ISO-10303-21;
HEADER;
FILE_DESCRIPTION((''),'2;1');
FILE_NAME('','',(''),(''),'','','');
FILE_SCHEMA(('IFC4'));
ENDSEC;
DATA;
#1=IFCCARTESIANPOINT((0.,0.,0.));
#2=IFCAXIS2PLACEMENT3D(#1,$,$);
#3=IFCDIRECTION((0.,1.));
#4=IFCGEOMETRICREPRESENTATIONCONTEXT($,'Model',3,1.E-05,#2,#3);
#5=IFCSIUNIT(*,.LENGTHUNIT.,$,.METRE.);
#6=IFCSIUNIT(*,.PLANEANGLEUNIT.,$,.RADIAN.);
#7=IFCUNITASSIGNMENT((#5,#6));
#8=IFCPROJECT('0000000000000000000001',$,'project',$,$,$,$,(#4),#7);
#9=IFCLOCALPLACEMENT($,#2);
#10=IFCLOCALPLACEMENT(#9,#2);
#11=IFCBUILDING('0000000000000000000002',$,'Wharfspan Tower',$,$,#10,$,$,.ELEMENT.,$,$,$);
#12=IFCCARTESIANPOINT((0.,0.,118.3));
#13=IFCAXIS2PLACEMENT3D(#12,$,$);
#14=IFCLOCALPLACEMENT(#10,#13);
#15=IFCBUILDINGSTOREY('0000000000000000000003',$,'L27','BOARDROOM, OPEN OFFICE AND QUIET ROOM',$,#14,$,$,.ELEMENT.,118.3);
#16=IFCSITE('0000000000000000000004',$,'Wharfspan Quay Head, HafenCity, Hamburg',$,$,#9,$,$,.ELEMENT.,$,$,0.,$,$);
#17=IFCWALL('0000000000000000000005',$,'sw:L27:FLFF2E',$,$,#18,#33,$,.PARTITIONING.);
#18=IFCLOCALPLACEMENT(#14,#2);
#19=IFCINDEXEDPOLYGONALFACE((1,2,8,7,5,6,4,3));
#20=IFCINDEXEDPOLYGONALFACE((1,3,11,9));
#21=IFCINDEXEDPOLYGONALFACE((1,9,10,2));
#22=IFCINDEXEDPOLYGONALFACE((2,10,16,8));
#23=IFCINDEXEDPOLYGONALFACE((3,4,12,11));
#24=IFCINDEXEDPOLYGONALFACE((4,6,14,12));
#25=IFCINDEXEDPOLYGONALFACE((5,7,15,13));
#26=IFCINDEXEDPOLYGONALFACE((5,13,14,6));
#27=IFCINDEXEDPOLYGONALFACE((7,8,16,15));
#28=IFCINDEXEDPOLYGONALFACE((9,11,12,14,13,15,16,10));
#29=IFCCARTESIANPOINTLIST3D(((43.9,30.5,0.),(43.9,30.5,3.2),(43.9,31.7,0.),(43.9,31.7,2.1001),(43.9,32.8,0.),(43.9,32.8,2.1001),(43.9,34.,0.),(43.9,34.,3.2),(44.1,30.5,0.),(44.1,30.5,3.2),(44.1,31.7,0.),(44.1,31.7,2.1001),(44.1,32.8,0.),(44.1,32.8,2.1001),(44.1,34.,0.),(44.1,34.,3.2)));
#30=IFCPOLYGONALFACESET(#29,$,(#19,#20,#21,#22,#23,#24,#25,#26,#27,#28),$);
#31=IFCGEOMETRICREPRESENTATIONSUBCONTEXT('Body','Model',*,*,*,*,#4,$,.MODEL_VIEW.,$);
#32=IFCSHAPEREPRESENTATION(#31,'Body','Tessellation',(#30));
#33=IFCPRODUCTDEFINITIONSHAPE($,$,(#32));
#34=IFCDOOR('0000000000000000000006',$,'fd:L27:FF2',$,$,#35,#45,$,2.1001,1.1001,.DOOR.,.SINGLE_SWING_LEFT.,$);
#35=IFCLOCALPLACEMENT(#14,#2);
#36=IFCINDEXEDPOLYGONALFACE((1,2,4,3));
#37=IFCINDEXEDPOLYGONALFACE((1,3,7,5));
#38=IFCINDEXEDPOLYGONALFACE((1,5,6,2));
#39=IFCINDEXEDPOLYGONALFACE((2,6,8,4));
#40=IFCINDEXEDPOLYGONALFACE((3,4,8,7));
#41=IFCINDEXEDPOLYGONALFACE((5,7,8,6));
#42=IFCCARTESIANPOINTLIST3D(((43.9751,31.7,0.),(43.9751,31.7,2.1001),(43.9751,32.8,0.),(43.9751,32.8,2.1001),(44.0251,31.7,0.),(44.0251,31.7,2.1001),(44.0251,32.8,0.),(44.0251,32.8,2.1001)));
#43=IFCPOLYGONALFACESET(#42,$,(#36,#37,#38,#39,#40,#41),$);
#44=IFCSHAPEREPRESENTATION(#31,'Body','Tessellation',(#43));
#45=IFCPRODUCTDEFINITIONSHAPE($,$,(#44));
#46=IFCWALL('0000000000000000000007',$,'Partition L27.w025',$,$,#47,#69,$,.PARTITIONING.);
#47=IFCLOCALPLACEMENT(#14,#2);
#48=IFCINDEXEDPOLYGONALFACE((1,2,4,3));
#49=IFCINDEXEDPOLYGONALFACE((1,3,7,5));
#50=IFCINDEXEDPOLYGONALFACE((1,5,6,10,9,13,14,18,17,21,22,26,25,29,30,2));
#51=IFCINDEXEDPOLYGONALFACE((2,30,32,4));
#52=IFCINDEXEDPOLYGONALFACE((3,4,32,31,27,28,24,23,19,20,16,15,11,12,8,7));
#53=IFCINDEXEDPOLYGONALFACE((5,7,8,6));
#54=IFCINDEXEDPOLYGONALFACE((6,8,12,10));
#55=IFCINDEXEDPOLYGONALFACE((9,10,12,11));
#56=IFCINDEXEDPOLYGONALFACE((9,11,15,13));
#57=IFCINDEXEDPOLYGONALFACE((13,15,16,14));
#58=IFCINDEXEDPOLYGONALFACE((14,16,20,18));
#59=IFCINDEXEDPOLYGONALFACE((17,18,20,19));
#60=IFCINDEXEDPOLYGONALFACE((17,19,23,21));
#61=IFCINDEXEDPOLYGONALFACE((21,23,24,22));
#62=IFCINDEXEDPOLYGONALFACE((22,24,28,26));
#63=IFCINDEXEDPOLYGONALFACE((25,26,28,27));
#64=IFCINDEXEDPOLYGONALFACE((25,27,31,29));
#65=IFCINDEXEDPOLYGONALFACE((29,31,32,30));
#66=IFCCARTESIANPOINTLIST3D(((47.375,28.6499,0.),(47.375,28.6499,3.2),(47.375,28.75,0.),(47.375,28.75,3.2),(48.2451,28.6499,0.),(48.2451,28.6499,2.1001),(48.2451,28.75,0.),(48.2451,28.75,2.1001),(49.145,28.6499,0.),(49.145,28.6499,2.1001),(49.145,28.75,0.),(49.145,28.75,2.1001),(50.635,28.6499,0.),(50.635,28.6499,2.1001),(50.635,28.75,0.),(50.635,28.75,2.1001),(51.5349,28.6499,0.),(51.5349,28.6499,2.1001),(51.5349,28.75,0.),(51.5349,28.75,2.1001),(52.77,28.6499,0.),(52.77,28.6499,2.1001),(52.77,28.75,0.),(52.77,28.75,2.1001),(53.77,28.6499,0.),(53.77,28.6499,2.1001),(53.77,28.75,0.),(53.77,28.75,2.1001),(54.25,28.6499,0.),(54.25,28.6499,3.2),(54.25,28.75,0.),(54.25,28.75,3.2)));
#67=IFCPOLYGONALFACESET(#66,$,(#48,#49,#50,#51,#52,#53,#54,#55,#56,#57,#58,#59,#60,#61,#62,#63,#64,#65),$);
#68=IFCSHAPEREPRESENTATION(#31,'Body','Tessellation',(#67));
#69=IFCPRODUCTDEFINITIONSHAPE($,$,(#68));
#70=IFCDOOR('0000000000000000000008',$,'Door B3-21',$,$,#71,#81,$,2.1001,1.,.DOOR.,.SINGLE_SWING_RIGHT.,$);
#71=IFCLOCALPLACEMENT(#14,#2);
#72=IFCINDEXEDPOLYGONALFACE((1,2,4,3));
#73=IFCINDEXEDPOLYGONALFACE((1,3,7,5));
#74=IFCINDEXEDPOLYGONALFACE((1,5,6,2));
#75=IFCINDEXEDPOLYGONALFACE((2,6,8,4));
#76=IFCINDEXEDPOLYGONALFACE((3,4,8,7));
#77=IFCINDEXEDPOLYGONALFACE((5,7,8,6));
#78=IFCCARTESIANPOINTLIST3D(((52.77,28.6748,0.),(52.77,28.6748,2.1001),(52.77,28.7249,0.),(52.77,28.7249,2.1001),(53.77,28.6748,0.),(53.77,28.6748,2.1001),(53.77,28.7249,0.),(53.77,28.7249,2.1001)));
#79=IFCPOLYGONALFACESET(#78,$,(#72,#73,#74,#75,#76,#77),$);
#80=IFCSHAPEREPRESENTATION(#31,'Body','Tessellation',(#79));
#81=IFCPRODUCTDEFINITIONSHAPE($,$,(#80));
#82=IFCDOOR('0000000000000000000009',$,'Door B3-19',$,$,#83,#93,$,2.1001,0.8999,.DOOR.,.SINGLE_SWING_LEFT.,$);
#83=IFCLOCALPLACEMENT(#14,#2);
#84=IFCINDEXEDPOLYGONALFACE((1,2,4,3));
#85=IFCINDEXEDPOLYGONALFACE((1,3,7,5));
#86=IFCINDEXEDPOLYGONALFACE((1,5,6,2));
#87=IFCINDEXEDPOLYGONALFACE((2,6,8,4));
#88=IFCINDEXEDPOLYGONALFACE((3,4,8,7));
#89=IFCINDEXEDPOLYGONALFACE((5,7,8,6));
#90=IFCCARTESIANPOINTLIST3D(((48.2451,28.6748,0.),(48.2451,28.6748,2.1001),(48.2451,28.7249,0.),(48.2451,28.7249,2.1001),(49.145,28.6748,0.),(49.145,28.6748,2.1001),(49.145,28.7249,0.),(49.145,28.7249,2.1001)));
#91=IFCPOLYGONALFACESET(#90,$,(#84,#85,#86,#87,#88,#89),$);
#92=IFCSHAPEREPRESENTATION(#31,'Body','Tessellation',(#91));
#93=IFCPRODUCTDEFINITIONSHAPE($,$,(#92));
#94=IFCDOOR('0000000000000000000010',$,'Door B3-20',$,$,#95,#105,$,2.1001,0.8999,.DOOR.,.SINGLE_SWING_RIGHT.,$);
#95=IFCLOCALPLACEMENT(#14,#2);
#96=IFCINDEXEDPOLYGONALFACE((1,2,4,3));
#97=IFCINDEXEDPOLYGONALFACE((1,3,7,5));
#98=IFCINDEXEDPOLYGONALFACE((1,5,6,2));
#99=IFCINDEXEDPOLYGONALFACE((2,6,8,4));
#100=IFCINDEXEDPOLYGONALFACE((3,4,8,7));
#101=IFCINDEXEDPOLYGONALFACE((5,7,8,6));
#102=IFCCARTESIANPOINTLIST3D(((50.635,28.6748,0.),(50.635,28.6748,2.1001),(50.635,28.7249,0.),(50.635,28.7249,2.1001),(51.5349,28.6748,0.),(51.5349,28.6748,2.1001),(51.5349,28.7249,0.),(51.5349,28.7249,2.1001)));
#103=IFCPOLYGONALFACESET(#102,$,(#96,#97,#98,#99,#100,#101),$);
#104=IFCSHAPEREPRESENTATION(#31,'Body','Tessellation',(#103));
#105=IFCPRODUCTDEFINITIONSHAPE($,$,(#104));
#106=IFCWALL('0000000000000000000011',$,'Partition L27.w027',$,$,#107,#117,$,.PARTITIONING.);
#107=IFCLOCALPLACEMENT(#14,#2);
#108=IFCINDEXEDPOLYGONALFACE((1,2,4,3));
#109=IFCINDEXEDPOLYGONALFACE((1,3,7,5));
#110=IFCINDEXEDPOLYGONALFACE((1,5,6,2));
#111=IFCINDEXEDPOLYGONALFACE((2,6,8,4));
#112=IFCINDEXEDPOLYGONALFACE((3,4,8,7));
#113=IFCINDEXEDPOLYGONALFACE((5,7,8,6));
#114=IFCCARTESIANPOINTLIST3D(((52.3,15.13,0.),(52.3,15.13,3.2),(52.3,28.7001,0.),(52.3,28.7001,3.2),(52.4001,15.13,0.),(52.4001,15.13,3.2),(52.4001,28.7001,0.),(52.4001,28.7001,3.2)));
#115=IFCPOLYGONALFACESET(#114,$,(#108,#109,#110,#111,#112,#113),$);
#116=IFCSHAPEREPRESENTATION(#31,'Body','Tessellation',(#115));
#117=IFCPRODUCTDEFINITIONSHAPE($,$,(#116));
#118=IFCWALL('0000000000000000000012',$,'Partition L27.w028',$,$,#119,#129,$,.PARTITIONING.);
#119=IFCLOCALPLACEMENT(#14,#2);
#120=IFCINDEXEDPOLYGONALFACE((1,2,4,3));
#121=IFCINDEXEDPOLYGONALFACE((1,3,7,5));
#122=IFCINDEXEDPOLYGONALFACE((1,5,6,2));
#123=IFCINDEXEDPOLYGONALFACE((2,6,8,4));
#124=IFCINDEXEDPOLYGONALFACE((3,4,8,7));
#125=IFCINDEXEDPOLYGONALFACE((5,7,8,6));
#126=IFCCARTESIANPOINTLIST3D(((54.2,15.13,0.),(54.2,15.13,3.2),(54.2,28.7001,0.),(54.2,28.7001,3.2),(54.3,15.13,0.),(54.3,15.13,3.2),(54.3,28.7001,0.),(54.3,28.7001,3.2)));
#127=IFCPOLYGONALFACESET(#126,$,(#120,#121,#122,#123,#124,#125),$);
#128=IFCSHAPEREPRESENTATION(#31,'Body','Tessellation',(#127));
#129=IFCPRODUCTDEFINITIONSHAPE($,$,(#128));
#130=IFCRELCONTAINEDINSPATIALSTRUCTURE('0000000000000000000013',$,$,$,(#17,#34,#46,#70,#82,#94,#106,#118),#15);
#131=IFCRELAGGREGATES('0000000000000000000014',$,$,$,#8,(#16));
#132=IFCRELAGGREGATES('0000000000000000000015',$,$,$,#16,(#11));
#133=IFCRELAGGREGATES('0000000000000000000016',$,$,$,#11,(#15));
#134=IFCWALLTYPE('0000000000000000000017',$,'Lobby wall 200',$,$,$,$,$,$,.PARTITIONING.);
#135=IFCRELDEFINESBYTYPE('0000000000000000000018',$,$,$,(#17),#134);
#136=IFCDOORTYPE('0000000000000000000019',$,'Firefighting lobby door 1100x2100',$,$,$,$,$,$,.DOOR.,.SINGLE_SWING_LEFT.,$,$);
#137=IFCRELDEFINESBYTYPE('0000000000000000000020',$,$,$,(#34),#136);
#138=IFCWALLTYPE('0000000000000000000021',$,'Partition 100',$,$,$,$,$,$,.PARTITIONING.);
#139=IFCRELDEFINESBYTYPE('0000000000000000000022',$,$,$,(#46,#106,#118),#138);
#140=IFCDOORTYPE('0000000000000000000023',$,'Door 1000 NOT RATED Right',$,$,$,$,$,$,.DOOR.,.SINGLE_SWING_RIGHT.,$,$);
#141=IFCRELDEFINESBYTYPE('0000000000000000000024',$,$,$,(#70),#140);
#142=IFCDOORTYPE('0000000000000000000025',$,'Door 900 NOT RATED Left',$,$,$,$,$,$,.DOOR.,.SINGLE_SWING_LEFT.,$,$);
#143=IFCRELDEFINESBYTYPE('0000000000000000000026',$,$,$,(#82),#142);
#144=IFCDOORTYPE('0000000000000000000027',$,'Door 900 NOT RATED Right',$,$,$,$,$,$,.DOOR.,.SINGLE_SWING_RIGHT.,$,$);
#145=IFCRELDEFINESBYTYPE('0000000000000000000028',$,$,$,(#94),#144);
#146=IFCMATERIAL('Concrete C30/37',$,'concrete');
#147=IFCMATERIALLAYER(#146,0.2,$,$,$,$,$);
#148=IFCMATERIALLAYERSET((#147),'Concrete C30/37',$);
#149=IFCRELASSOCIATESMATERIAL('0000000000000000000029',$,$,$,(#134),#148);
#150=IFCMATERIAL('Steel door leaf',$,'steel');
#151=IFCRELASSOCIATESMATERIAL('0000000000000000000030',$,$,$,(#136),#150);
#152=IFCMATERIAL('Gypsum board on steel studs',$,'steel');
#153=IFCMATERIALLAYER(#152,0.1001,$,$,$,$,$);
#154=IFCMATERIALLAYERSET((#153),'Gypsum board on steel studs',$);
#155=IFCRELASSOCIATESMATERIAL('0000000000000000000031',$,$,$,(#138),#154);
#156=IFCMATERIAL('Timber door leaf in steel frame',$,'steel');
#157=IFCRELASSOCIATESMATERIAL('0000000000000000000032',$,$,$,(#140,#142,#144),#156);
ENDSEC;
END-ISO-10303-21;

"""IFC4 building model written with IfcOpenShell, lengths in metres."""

from ifc_helpers import new_model, si_unit, direction, frame, frame_2d, origin, place, context, subcontext, project, spatial, rectangle, extrude, material, layer, layer_set, type_object, element, fill, save


model = new_model("IFC4")

# Units and contexts
model_context = context("Model", 3, precision=1e-05, world=origin(), true_north=direction((0.0, 1.0)))
body_context = subcontext(model_context, "Body", "Model", "MODEL_VIEW")
ifc_project = project(units=[si_unit("LENGTHUNIT", "METRE"), si_unit("PLANEANGLEUNIT", "RADIAN")], contexts=[model_context])

# Site, building, storey
site_placement = place(None, origin())
site = spatial("IfcSite", under=ifc_project, at=site_placement, Name="Wharfspan Quay Head, HafenCity, Hamburg", CompositionType="ELEMENT", RefElevation=0.0)
building_placement = place(site_placement, origin())
building = spatial("IfcBuilding", under=site, at=building_placement, Name="Wharfspan Tower", CompositionType="ELEMENT")
storey_placement = place(building_placement, frame((0.0, 0.0, 118.3)))
storey = spatial("IfcBuildingStorey", under=building, at=storey_placement, Name="L27", Description="BOARDROOM, OPEN OFFICE AND QUIET ROOM", CompositionType="ELEMENT", Elevation=118.3)

# Shared definitions
ifc_material_1 = material(Name="Gypsum board on steel studs", Category="steel")

# Shared definitions
ifc_material_2 = material(Name="Steel door leaf", Category="steel")

# Wall, opening, door
ifc_material_3 = material(Name="Concrete C30/37", Category="concrete")
ifc_layer_1 = layer(ifc_material_3, 0.2)
ifc_layer_set_1 = layer_set([ifc_layer_1], Name="Concrete C30/37")
wall_type_1 = type_object("IfcWallType", Name="Lobby wall 200", PredefinedType="PARTITIONING", material=ifc_layer_set_1)
wall_1_placement = place(storey_placement, frame((44.0, 30.5, 0.0), z_axis=(0.0, 0.0, 1.0), x_axis=(0.0, 1.0, 0.0)))
wall_1 = element("IfcWall", 1, at=wall_1_placement, inside=storey, type_object=wall_type_1, Name="sw:L27:FLFF2E", PredefinedType="PARTITIONING", context=body_context, shape_type="SweptSolid", body=[
    extrude(rectangle(XDim=3.5, YDim=0.2, at=frame_2d((1.75, 0.0))), origin(), (0.0, 0.0, 1.0), 3.2),
])
opening_1_placement = place(wall_1_placement, frame((1.2, 0.0, 0.0)))
opening_1 = element("IfcOpeningElement", 2, at=opening_1_placement, cuts=wall_1, PredefinedType="OPENING", context=body_context, shape_type="SweptSolid", body=[
    extrude(rectangle(XDim=1.1001, YDim=2.1001, at=frame_2d((0.55, 1.05))), frame((0.0, 0.1099, 0.0), z_axis=(0.0, -1.0, 0.0), x_axis=(1.0, 0.0, 0.0)), (0.0, 0.0, 1.0), 0.22),
])
door_type_1 = type_object("IfcDoorType", Name="Firefighting lobby door 1100x2100", OperationType="SINGLE_SWING_LEFT", PredefinedType="DOOR", material=ifc_material_2)
door_1_placement = place(opening_1_placement, origin())
door_1 = element("IfcDoor", 3, at=door_1_placement, inside=storey, type_object=door_type_1, Name="fd:L27:FF2", OperationType="SINGLE_SWING_LEFT", OverallHeight=2.1001, OverallWidth=1.1001, PredefinedType="DOOR", context=body_context, shape_type="SweptSolid", body=[
    extrude(rectangle(XDim=1.1001, YDim=2.1001, at=frame_2d((0.55, 1.05))), frame((0.0, 0.0249, 0.0), z_axis=(0.0, -1.0, 0.0), x_axis=(1.0, 0.0, 0.0)), (0.0, 0.0, 1.0), 0.05),
])
fill(opening_1, door_1)

# Wall, openings, doors
ifc_layer_2 = layer(ifc_material_1, 0.1001)
ifc_layer_set_2 = layer_set([ifc_layer_2], Name="Gypsum board on steel studs")
wall_type_2 = type_object("IfcWallType", Name="Partition 100", PredefinedType="PARTITIONING", material=ifc_layer_set_2)
wall_2_placement = place(storey_placement, frame((47.375, 28.7, 0.0), z_axis=(0.0, 0.0, 1.0), x_axis=(1.0, 0.0, 0.0)))
wall_2 = element("IfcWall", 4, at=wall_2_placement, inside=storey, type_object=wall_type_2, Name="Partition L27.w025", PredefinedType="PARTITIONING", context=body_context, shape_type="SweptSolid", body=[
    extrude(rectangle(XDim=6.875, YDim=0.1001, at=frame_2d((3.4375, 0.0))), origin(), (0.0, 0.0, 1.0), 3.2),
])
opening_2_placement = place(wall_2_placement, frame((0.8701, 0.0, 0.0)))
opening_2 = element("IfcOpeningElement", 5, at=opening_2_placement, cuts=wall_2, PredefinedType="OPENING", context=body_context, shape_type="SweptSolid", body=[
    extrude(rectangle(XDim=0.8999, YDim=2.1001, at=frame_2d((0.45, 1.05))), frame((0.0, 0.0601, 0.0), z_axis=(0.0, -1.0, 0.0), x_axis=(1.0, 0.0, 0.0)), (0.0, 0.0, 1.0), 0.1201),
])
opening_3_placement = place(wall_2_placement, frame((3.26, 0.0, 0.0)))
opening_3 = element("IfcOpeningElement", 6, at=opening_3_placement, cuts=wall_2, PredefinedType="OPENING", context=body_context, shape_type="SweptSolid", body=[
    extrude(rectangle(XDim=0.8999, YDim=2.1001, at=frame_2d((0.45, 1.05))), frame((0.0, 0.0601, 0.0), z_axis=(0.0, -1.0, 0.0), x_axis=(1.0, 0.0, 0.0)), (0.0, 0.0, 1.0), 0.1201),
])
opening_4_placement = place(wall_2_placement, frame((5.395, 0.0, 0.0)))
opening_4 = element("IfcOpeningElement", 7, at=opening_4_placement, cuts=wall_2, PredefinedType="OPENING", context=body_context, shape_type="SweptSolid", body=[
    extrude(rectangle(XDim=1.0, YDim=2.1001, at=frame_2d((0.5, 1.05))), frame((0.0, 0.0601, 0.0), z_axis=(0.0, -1.0, 0.0), x_axis=(1.0, 0.0, 0.0)), (0.0, 0.0, 1.0), 0.1201),
])
ifc_material_4 = material(Name="Timber door leaf in steel frame", Category="steel")
door_type_2 = type_object("IfcDoorType", Name="Door 1000 NOT RATED Right", OperationType="SINGLE_SWING_RIGHT", PredefinedType="DOOR", material=ifc_material_4)
door_2_placement = place(opening_4_placement, origin())
door_2 = element("IfcDoor", 8, at=door_2_placement, inside=storey, type_object=door_type_2, Name="Door B3-21", OperationType="SINGLE_SWING_RIGHT", OverallHeight=2.1001, OverallWidth=1.0, PredefinedType="DOOR", context=body_context, shape_type="SweptSolid", body=[
    extrude(rectangle(XDim=1.0, YDim=2.1001, at=frame_2d((0.5, 1.05))), frame((0.0, 0.0249, 0.0), z_axis=(0.0, -1.0, 0.0), x_axis=(1.0, 0.0, 0.0)), (0.0, 0.0, 1.0), 0.05),
])
fill(opening_4, door_2)
door_type_3 = type_object("IfcDoorType", Name="Door 900 NOT RATED Left", OperationType="SINGLE_SWING_LEFT", PredefinedType="DOOR", material=ifc_material_4)
door_3_placement = place(opening_2_placement, origin())
door_3 = element("IfcDoor", 9, at=door_3_placement, inside=storey, type_object=door_type_3, Name="Door B3-19", OperationType="SINGLE_SWING_LEFT", OverallHeight=2.1001, OverallWidth=0.8999, PredefinedType="DOOR", context=body_context, shape_type="SweptSolid", body=[
    extrude(rectangle(XDim=0.8999, YDim=2.1001, at=frame_2d((0.45, 1.05))), frame((0.0, 0.0249, 0.0), z_axis=(0.0, -1.0, 0.0), x_axis=(1.0, 0.0, 0.0)), (0.0, 0.0, 1.0), 0.05),
])
fill(opening_2, door_3)
door_type_4 = type_object("IfcDoorType", Name="Door 900 NOT RATED Right", OperationType="SINGLE_SWING_RIGHT", PredefinedType="DOOR", material=ifc_material_4)
door_4_placement = place(opening_3_placement, origin())
door_4 = element("IfcDoor", 10, at=door_4_placement, inside=storey, type_object=door_type_4, Name="Door B3-20", OperationType="SINGLE_SWING_RIGHT", OverallHeight=2.1001, OverallWidth=0.8999, PredefinedType="DOOR", context=body_context, shape_type="SweptSolid", body=[
    extrude(rectangle(XDim=0.8999, YDim=2.1001, at=frame_2d((0.45, 1.05))), frame((0.0, 0.0249, 0.0), z_axis=(0.0, -1.0, 0.0), x_axis=(1.0, 0.0, 0.0)), (0.0, 0.0, 1.0), 0.05),
])
fill(opening_3, door_4)

# Walls
for number, where, z_axis, x_axis, name in (
    (11, (52.3501, 15.1299, 0.0), (0.0, 0.0, 1.0), (0.0, 1.0, 0.0), "Partition L27.w027"),
    (12, (54.25, 15.1299, 0.0), (0.0, 0.0, 1.0), (0.0, 1.0, 0.0), "Partition L27.w028"),
):
    element("IfcWall", number, at=place(storey_placement, frame(where, z_axis=z_axis, x_axis=x_axis)), inside=storey, type_object=wall_type_2, Name=name, PredefinedType="PARTITIONING", context=body_context, shape_type="SweptSolid", body=[
        extrude(rectangle(XDim=13.5701, YDim=0.1001, at=frame_2d((6.7852, 0.0))), origin(), (0.0, 0.0, 1.0), 3.2),
    ])

save(model, "model.ifc")
